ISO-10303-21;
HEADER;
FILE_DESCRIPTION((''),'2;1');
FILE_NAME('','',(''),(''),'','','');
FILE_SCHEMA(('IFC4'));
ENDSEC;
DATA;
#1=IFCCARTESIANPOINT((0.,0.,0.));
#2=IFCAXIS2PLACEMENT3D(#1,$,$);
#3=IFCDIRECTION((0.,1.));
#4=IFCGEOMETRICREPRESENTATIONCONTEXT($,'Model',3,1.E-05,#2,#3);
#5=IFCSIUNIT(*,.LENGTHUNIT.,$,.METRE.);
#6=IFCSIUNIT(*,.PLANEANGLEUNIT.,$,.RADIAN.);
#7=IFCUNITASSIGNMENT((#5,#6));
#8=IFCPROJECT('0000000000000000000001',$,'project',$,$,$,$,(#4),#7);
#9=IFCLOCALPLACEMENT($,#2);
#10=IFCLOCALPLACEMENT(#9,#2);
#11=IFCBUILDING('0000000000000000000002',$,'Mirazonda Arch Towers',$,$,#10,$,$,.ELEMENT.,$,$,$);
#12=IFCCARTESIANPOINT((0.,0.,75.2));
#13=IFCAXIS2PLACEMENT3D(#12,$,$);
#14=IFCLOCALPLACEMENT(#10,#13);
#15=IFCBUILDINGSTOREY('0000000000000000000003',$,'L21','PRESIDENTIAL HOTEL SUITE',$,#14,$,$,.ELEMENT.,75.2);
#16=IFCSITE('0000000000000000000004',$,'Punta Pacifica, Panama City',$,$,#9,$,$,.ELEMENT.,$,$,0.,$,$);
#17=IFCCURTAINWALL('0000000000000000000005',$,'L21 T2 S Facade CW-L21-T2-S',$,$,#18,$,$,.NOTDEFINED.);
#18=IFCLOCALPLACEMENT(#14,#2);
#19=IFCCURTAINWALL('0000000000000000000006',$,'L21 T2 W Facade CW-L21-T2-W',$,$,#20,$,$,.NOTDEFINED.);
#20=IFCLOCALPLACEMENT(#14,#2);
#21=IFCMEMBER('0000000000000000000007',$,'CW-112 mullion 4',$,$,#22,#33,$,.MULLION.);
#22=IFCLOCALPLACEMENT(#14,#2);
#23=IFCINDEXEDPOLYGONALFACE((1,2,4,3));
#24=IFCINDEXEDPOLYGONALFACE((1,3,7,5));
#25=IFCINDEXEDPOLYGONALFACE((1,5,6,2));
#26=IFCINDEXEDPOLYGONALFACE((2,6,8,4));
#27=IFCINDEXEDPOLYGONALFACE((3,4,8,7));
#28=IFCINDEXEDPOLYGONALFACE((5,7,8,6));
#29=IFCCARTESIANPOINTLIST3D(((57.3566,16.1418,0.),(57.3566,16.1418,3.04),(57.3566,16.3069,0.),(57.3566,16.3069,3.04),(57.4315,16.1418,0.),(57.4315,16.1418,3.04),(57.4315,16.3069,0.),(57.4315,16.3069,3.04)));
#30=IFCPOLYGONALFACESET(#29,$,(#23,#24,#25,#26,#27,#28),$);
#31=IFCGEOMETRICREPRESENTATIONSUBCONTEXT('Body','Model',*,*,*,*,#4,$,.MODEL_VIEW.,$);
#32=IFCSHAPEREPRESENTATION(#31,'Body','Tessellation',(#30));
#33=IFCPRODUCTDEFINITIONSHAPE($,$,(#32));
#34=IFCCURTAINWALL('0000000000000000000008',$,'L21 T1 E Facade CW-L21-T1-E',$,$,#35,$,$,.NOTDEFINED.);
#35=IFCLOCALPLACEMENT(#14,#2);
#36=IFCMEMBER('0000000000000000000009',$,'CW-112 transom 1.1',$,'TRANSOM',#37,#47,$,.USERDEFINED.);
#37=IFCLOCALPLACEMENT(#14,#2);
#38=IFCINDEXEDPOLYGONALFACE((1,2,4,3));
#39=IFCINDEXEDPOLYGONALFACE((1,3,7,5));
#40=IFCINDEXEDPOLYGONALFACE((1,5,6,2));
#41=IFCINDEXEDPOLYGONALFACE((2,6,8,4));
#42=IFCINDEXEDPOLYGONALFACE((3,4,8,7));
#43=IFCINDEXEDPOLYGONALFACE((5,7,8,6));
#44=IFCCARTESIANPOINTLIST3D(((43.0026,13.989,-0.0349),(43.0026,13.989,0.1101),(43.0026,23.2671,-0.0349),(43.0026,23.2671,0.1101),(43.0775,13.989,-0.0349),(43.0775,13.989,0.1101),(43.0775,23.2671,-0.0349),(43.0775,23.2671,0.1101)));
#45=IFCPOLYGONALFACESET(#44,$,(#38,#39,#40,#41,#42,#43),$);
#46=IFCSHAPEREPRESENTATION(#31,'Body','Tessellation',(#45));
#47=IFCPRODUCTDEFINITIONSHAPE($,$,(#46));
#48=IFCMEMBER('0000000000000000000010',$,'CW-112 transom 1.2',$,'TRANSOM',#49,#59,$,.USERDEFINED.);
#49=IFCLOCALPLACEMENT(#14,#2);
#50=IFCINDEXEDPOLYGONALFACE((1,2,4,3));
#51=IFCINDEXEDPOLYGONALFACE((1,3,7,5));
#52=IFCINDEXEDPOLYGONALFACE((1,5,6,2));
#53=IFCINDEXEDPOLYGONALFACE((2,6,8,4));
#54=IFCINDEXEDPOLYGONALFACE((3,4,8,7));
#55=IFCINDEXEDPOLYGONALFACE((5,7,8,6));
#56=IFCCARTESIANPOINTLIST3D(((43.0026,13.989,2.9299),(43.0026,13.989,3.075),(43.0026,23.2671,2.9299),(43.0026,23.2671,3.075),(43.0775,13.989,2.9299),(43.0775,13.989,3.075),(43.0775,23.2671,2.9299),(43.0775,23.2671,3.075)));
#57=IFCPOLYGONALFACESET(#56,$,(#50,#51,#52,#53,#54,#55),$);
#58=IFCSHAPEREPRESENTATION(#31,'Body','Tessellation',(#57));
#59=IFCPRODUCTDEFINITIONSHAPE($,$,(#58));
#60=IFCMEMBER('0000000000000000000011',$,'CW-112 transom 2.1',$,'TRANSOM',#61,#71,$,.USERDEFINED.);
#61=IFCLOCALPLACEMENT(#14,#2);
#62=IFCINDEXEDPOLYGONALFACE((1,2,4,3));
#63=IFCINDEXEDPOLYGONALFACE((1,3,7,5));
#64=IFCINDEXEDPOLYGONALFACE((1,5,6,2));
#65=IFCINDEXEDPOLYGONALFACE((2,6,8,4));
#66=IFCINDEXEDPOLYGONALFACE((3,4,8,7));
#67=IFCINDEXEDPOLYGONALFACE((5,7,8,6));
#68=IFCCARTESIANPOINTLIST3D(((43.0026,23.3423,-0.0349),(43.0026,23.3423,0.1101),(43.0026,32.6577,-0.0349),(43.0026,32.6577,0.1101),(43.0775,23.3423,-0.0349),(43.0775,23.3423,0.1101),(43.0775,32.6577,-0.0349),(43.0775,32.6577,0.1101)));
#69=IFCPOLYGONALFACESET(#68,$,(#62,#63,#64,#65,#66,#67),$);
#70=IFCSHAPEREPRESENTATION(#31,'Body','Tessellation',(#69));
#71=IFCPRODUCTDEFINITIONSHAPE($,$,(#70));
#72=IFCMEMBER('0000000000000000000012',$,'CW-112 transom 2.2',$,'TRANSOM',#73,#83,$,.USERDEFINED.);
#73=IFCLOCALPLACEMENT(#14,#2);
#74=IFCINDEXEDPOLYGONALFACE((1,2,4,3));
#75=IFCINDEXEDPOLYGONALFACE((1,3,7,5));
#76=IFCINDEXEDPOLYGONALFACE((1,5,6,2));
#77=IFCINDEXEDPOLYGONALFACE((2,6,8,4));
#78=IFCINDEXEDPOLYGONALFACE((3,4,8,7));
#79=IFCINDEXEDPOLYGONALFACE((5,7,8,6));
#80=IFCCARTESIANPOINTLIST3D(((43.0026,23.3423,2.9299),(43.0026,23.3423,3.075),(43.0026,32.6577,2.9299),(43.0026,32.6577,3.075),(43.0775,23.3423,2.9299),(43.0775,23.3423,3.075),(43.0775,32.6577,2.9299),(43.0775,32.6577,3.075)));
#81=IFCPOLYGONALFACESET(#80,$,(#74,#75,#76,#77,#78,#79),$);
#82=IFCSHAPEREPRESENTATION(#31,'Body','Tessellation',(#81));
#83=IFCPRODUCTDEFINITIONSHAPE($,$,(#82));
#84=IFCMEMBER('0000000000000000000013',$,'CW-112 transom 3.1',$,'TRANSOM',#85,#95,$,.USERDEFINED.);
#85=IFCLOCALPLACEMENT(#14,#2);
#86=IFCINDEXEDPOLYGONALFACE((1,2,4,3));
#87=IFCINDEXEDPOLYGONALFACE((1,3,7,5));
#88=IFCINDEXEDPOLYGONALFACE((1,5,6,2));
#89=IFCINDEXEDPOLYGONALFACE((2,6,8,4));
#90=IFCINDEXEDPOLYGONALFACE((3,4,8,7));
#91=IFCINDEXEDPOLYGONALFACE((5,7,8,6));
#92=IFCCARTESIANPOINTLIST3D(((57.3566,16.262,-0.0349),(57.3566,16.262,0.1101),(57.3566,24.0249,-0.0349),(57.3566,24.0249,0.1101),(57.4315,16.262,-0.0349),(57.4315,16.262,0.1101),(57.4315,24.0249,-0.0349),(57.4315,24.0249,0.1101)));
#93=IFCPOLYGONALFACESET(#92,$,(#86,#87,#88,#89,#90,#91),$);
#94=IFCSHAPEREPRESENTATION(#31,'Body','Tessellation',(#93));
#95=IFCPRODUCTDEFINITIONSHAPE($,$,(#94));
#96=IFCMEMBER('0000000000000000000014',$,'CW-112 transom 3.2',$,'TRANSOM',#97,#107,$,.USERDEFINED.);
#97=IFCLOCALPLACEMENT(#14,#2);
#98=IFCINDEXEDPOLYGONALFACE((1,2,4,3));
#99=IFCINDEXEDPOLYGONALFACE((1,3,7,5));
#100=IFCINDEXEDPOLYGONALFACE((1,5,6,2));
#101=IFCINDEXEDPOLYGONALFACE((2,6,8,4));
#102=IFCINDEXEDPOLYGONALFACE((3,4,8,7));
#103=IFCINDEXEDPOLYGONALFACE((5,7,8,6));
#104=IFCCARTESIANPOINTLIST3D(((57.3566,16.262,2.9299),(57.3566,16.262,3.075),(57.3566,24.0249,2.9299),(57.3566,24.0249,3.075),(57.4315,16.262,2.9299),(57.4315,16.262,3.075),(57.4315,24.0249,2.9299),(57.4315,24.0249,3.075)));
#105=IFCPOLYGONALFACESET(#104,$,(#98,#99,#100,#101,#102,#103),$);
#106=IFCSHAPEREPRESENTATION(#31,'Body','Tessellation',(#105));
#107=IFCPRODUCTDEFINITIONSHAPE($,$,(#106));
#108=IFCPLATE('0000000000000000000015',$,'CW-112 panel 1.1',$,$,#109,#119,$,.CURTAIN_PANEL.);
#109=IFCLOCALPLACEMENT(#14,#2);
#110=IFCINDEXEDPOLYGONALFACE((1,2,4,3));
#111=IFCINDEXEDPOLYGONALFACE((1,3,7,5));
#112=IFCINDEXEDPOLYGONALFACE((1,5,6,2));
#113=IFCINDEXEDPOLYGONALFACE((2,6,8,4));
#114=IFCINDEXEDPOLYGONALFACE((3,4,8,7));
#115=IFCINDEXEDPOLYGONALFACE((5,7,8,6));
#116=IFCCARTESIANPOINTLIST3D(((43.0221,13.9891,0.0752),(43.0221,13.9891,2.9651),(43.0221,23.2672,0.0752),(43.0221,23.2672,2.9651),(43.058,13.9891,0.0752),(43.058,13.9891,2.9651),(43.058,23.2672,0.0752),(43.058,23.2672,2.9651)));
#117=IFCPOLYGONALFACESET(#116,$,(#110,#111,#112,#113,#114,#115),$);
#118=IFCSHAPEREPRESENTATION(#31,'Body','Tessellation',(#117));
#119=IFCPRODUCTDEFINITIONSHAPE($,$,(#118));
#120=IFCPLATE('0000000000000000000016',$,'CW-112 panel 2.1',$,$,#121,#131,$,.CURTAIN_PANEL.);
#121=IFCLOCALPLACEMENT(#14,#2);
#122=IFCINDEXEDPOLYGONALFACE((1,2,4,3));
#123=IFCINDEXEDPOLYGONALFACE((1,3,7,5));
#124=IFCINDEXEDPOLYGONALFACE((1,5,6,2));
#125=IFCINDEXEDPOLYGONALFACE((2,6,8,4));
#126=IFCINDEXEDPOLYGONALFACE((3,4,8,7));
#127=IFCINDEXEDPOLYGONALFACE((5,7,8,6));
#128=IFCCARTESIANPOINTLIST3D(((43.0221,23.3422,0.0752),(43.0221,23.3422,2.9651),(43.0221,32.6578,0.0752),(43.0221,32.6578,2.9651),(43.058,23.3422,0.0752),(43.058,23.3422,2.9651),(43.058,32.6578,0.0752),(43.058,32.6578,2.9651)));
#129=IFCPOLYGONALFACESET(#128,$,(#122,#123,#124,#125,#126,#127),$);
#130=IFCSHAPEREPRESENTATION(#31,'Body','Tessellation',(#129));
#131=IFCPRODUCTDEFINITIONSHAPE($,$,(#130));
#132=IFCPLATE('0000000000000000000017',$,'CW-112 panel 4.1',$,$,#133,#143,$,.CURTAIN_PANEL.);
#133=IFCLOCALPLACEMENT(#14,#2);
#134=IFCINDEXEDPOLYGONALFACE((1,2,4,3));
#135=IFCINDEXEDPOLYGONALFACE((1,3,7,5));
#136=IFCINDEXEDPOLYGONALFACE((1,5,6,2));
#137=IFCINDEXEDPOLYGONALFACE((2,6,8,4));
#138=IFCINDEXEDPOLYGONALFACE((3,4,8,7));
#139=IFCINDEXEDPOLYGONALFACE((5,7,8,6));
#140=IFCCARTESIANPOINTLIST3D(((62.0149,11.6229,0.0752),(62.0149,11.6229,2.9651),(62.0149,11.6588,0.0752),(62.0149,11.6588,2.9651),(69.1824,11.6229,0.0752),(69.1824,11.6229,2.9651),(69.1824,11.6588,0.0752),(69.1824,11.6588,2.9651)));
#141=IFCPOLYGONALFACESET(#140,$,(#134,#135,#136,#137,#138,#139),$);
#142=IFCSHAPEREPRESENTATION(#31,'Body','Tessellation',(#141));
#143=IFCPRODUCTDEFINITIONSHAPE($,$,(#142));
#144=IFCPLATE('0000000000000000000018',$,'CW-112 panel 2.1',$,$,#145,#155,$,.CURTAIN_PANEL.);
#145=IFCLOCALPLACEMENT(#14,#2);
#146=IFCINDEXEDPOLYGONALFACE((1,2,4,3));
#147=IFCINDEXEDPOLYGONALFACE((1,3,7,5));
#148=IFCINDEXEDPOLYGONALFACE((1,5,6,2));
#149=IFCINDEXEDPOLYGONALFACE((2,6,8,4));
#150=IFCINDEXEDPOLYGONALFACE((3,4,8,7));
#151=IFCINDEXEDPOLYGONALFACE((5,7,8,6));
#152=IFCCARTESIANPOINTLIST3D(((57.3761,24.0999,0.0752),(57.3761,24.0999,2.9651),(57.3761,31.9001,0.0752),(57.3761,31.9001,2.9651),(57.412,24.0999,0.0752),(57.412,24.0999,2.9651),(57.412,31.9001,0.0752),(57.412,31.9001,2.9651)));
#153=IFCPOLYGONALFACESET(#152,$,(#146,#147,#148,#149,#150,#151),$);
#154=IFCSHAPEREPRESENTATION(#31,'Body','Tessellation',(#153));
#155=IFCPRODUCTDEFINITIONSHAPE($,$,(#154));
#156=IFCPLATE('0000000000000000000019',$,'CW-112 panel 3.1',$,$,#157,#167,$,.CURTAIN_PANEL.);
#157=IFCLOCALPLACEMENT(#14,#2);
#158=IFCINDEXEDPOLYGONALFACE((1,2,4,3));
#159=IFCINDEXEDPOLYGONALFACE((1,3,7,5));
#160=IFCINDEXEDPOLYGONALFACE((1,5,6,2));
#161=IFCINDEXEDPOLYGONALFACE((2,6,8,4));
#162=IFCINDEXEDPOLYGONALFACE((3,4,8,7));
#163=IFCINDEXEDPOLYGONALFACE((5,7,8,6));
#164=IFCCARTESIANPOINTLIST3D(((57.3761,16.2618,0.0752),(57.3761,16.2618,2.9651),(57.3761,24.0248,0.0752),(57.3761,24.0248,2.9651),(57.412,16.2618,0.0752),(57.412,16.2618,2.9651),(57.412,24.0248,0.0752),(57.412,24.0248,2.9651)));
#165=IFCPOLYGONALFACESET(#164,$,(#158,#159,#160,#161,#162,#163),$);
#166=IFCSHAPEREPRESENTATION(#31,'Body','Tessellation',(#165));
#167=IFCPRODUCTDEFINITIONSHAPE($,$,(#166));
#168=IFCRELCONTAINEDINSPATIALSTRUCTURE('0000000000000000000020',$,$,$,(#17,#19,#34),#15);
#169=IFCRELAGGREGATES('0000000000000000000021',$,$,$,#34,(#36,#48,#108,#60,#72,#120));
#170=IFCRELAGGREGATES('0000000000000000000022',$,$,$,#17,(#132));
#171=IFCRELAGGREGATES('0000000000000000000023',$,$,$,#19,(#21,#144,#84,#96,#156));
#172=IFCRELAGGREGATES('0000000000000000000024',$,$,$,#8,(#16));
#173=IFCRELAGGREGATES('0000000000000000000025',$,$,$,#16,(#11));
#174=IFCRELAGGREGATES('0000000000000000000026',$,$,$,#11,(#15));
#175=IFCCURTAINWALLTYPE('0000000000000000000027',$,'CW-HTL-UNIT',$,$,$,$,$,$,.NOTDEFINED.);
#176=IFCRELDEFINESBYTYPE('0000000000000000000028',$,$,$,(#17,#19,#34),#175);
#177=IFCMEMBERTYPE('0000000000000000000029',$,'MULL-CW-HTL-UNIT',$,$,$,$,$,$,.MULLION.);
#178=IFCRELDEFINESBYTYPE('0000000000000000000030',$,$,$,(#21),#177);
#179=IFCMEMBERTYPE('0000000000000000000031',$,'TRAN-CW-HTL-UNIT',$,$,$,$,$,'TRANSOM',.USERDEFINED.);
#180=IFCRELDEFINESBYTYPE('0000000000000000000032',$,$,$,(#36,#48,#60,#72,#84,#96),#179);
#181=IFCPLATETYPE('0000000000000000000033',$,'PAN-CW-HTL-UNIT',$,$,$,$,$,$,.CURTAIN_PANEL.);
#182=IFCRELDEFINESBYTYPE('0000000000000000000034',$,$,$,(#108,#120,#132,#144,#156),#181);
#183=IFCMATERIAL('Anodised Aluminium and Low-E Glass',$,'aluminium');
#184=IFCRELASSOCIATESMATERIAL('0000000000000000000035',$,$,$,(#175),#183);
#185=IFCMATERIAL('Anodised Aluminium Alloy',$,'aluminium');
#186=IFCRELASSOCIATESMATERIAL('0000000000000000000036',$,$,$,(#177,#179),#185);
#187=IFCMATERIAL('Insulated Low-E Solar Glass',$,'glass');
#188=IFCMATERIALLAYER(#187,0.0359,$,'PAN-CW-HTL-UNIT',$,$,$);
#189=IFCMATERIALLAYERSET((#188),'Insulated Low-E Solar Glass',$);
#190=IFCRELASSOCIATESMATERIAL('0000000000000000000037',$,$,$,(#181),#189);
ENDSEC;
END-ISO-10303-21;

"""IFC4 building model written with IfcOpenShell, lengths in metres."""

from ifc_helpers import new_model, si_unit, direction, frame, origin, origin_2d, place, context, subcontext, project, spatial, rectangle, extrude, material, layer, layer_set, material_profile, profile_set, type_object, element, aggregate, save


model = new_model("IFC4")

# Units and contexts
model_context = context("Model", 3, precision=1e-05, world=origin(), true_north=direction((0.0, 1.0)))
body_context = subcontext(model_context, "Body", "Model", "MODEL_VIEW")
ifc_project = project(units=[si_unit("LENGTHUNIT", "METRE"), si_unit("PLANEANGLEUNIT", "RADIAN")], contexts=[model_context])

# Site, building, storey
site_placement = place(None, origin())
site = spatial("IfcSite", under=ifc_project, at=site_placement, Name="Punta Pacifica, Panama City", CompositionType="ELEMENT", RefElevation=0.0)
building_placement = place(site_placement, origin())
building = spatial("IfcBuilding", under=site, at=building_placement, Name="Mirazonda Arch Towers", CompositionType="ELEMENT")
storey_placement = place(building_placement, frame((0.0, 0.0, 75.2)))
storey = spatial("IfcBuildingStorey", under=building, at=storey_placement, Name="L21", Description="PRESIDENTIAL HOTEL SUITE", CompositionType="ELEMENT", Elevation=75.2)

# Curtain wall
ifc_material_1 = material(Name="Anodised Aluminium and Low-E Glass", Category="aluminium")
curtain_wall_type = type_object("IfcCurtainWallType", Name="CW-HTL-UNIT", PredefinedType="NOTDEFINED", material=ifc_material_1)
curtain_wall_1_placement = place(storey_placement, origin())
curtain_wall_1 = element("IfcCurtainWall", 1, at=curtain_wall_1_placement, inside=storey, type_object=curtain_wall_type, Name="L21 T2 S Facade CW-L21-T2-S", PredefinedType="NOTDEFINED")
ifc_material_2 = material(Name="Anodised Aluminium Alloy", Category="aluminium")
ifc_material_profile_1 = material_profile(ifc_material_2, rectangle(XDim=0.075, YDim=0.165, at=origin_2d()), Name="ALU-MULL-75x165")
ifc_profile_set_1 = profile_set([ifc_material_profile_1], Name="Anodised Aluminium Alloy")
member_type_1 = type_object("IfcMemberType", Name="MULL-CW-HTL-UNIT", PredefinedType="MULLION", material=ifc_profile_set_1)

# Curtain walls, members
curtain_wall_2_placement = place(storey_placement, origin())
curtain_wall_2 = element("IfcCurtainWall", 2, at=curtain_wall_2_placement, inside=storey, type_object=curtain_wall_type, Name="L21 T2 W Facade CW-L21-T2-W", PredefinedType="NOTDEFINED")
member_1_placement = place(storey_placement, frame((57.394, 16.2244, 0.0), z_axis=(0.0, 0.0, 1.0), x_axis=(1.0, 0.0, 0.0)))
member_1 = element("IfcMember", 3, at=member_1_placement, type_object=member_type_1, Name="CW-112 mullion 4", PredefinedType="MULLION", context=body_context, shape_type="SweptSolid", body=[
    extrude(rectangle(XDim=0.075, YDim=0.165, at=origin_2d()), origin(), (0.0, 0.0, 1.0), 3.04),
])
curtain_wall_3_placement = place(storey_placement, origin())
curtain_wall_3 = element("IfcCurtainWall", 4, at=curtain_wall_3_placement, inside=storey, type_object=curtain_wall_type, Name="L21 T1 E Facade CW-L21-T1-E", PredefinedType="NOTDEFINED")
ifc_material_profile_2 = material_profile(ifc_material_2, rectangle(XDim=0.075, YDim=0.145, at=origin_2d()), Name="ALU-TRAN-75x145")
ifc_profile_set_2 = profile_set([ifc_material_profile_2], Name="Anodised Aluminium Alloy")
member_type_2 = type_object("IfcMemberType", Name="TRAN-CW-HTL-UNIT", ElementType="TRANSOM", PredefinedType="USERDEFINED", material=ifc_profile_set_2)
member_2_placement = place(storey_placement, frame((43.04, 13.989, 0.0376), z_axis=(0.0, 1.0, 0.0), x_axis=(-1.0, 0.0, 0.0)))
member_2 = element("IfcMember", 5, at=member_2_placement, type_object=member_type_2, Name="CW-112 transom 1.1", ObjectType="TRANSOM", PredefinedType="USERDEFINED", context=body_context, shape_type="SweptSolid", body=[
    extrude(rectangle(XDim=0.075, YDim=0.145, at=origin_2d()), origin(), (0.0, 0.0, 1.0), 9.2781),
])
member_3_placement = place(storey_placement, frame((43.04, 13.989, 3.0024), z_axis=(0.0, 1.0, 0.0), x_axis=(-1.0, 0.0, 0.0)))
member_3 = element("IfcMember", 6, at=member_3_placement, type_object=member_type_2, Name="CW-112 transom 1.2", ObjectType="TRANSOM", PredefinedType="USERDEFINED", context=body_context, shape_type="SweptSolid", body=[
    extrude(rectangle(XDim=0.075, YDim=0.145, at=origin_2d()), origin(), (0.0, 0.0, 1.0), 9.2781),
])
member_4_placement = place(storey_placement, frame((43.04, 23.3423, 0.0376), z_axis=(0.0, 1.0, 0.0), x_axis=(-1.0, 0.0, 0.0)))
member_4 = element("IfcMember", 7, at=member_4_placement, type_object=member_type_2, Name="CW-112 transom 2.1", ObjectType="TRANSOM", PredefinedType="USERDEFINED", context=body_context, shape_type="SweptSolid", body=[
    extrude(rectangle(XDim=0.075, YDim=0.145, at=origin_2d()), origin(), (0.0, 0.0, 1.0), 9.3154),
])
member_5_placement = place(storey_placement, frame((43.04, 23.3423, 3.0024), z_axis=(0.0, 1.0, 0.0), x_axis=(-1.0, 0.0, 0.0)))
member_5 = element("IfcMember", 8, at=member_5_placement, type_object=member_type_2, Name="CW-112 transom 2.2", ObjectType="TRANSOM", PredefinedType="USERDEFINED", context=body_context, shape_type="SweptSolid", body=[
    extrude(rectangle(XDim=0.075, YDim=0.145, at=origin_2d()), origin(), (0.0, 0.0, 1.0), 9.3154),
])

# Members
member_6_placement = place(storey_placement, frame((57.394, 24.0249, 0.0376), z_axis=(0.0, -1.0, 0.0), x_axis=(1.0, 0.0, 0.0)))
member_6 = element("IfcMember", 9, at=member_6_placement, type_object=member_type_2, Name="CW-112 transom 3.1", ObjectType="TRANSOM", PredefinedType="USERDEFINED", context=body_context, shape_type="SweptSolid", body=[
    extrude(rectangle(XDim=0.075, YDim=0.145, at=origin_2d()), origin(), (0.0, 0.0, 1.0), 7.7629),
])
member_7_placement = place(storey_placement, frame((57.394, 24.0249, 3.0024), z_axis=(0.0, -1.0, 0.0), x_axis=(1.0, 0.0, 0.0)))
member_7 = element("IfcMember", 10, at=member_7_placement, type_object=member_type_2, Name="CW-112 transom 3.2", ObjectType="TRANSOM", PredefinedType="USERDEFINED", context=body_context, shape_type="SweptSolid", body=[
    extrude(rectangle(XDim=0.075, YDim=0.145, at=origin_2d()), origin(), (0.0, 0.0, 1.0), 7.7629),
])

# Plates
ifc_material_3 = material(Name="Insulated Low-E Solar Glass", Category="glass")
ifc_layer_1 = layer(ifc_material_3, 0.0359, Name="PAN-CW-HTL-UNIT")
ifc_layer_set_1 = layer_set([ifc_layer_1], Name="Insulated Low-E Solar Glass")
plate_type = type_object("IfcPlateType", Name="PAN-CW-HTL-UNIT", PredefinedType="CURTAIN_PANEL", material=ifc_layer_set_1)
plate_1_placement = place(storey_placement, frame((43.04, 18.6282, 0.0752), z_axis=(0.0, 0.0, 1.0), x_axis=(0.0, 1.0, 0.0)))
plate_1 = element("IfcPlate", 11, at=plate_1_placement, type_object=plate_type, Name="CW-112 panel 1.1", PredefinedType="CURTAIN_PANEL", context=body_context, shape_type="SweptSolid", body=[
    extrude(rectangle(XDim=9.2781, YDim=0.0359, at=origin_2d()), origin(), (0.0, 0.0, 1.0), 2.8899),
])
plate_2_placement = place(storey_placement, frame((43.04, 28.0, 0.0752), z_axis=(0.0, 0.0, 1.0), x_axis=(0.0, 1.0, 0.0)))
plate_2 = element("IfcPlate", 12, at=plate_2_placement, type_object=plate_type, Name="CW-112 panel 2.1", PredefinedType="CURTAIN_PANEL", context=body_context, shape_type="SweptSolid", body=[
    extrude(rectangle(XDim=9.3157, YDim=0.0359, at=origin_2d()), origin(), (0.0, 0.0, 1.0), 2.8899),
])
aggregate(curtain_wall_3, [member_2, member_3, plate_1, member_4, member_5, plate_2])
plate_3_placement = place(storey_placement, frame((65.5986, 11.6409, 0.0752), z_axis=(0.0, 0.0, 1.0), x_axis=(-1.0, 0.0, 0.0)))
plate_3 = element("IfcPlate", 13, at=plate_3_placement, type_object=plate_type, Name="CW-112 panel 4.1", PredefinedType="CURTAIN_PANEL", context=body_context, shape_type="SweptSolid", body=[
    extrude(rectangle(XDim=7.1675, YDim=0.0359, at=origin_2d()), origin(), (0.0, 0.0, 1.0), 2.8899),
])
aggregate(curtain_wall_1, [plate_3])
plate_4_placement = place(storey_placement, frame((57.394, 28.0, 0.0752), z_axis=(0.0, 0.0, 1.0), x_axis=(0.0, -1.0, 0.0)))
plate_4 = element("IfcPlate", 14, at=plate_4_placement, type_object=plate_type, Name="CW-112 panel 2.1", PredefinedType="CURTAIN_PANEL", context=body_context, shape_type="SweptSolid", body=[
    extrude(rectangle(XDim=7.8003, YDim=0.0359, at=origin_2d()), origin(), (0.0, 0.0, 1.0), 2.8899),
])
plate_5_placement = place(storey_placement, frame((57.394, 20.1433, 0.0752), z_axis=(0.0, 0.0, 1.0), x_axis=(0.0, -1.0, 0.0)))
plate_5 = element("IfcPlate", 15, at=plate_5_placement, type_object=plate_type, Name="CW-112 panel 3.1", PredefinedType="CURTAIN_PANEL", context=body_context, shape_type="SweptSolid", body=[
    extrude(rectangle(XDim=7.7629, YDim=0.0359, at=origin_2d()), origin(), (0.0, 0.0, 1.0), 2.8899),
])
aggregate(curtain_wall_2, [member_1, plate_4, member_6, member_7, plate_5])

save(model, "model.ifc")
